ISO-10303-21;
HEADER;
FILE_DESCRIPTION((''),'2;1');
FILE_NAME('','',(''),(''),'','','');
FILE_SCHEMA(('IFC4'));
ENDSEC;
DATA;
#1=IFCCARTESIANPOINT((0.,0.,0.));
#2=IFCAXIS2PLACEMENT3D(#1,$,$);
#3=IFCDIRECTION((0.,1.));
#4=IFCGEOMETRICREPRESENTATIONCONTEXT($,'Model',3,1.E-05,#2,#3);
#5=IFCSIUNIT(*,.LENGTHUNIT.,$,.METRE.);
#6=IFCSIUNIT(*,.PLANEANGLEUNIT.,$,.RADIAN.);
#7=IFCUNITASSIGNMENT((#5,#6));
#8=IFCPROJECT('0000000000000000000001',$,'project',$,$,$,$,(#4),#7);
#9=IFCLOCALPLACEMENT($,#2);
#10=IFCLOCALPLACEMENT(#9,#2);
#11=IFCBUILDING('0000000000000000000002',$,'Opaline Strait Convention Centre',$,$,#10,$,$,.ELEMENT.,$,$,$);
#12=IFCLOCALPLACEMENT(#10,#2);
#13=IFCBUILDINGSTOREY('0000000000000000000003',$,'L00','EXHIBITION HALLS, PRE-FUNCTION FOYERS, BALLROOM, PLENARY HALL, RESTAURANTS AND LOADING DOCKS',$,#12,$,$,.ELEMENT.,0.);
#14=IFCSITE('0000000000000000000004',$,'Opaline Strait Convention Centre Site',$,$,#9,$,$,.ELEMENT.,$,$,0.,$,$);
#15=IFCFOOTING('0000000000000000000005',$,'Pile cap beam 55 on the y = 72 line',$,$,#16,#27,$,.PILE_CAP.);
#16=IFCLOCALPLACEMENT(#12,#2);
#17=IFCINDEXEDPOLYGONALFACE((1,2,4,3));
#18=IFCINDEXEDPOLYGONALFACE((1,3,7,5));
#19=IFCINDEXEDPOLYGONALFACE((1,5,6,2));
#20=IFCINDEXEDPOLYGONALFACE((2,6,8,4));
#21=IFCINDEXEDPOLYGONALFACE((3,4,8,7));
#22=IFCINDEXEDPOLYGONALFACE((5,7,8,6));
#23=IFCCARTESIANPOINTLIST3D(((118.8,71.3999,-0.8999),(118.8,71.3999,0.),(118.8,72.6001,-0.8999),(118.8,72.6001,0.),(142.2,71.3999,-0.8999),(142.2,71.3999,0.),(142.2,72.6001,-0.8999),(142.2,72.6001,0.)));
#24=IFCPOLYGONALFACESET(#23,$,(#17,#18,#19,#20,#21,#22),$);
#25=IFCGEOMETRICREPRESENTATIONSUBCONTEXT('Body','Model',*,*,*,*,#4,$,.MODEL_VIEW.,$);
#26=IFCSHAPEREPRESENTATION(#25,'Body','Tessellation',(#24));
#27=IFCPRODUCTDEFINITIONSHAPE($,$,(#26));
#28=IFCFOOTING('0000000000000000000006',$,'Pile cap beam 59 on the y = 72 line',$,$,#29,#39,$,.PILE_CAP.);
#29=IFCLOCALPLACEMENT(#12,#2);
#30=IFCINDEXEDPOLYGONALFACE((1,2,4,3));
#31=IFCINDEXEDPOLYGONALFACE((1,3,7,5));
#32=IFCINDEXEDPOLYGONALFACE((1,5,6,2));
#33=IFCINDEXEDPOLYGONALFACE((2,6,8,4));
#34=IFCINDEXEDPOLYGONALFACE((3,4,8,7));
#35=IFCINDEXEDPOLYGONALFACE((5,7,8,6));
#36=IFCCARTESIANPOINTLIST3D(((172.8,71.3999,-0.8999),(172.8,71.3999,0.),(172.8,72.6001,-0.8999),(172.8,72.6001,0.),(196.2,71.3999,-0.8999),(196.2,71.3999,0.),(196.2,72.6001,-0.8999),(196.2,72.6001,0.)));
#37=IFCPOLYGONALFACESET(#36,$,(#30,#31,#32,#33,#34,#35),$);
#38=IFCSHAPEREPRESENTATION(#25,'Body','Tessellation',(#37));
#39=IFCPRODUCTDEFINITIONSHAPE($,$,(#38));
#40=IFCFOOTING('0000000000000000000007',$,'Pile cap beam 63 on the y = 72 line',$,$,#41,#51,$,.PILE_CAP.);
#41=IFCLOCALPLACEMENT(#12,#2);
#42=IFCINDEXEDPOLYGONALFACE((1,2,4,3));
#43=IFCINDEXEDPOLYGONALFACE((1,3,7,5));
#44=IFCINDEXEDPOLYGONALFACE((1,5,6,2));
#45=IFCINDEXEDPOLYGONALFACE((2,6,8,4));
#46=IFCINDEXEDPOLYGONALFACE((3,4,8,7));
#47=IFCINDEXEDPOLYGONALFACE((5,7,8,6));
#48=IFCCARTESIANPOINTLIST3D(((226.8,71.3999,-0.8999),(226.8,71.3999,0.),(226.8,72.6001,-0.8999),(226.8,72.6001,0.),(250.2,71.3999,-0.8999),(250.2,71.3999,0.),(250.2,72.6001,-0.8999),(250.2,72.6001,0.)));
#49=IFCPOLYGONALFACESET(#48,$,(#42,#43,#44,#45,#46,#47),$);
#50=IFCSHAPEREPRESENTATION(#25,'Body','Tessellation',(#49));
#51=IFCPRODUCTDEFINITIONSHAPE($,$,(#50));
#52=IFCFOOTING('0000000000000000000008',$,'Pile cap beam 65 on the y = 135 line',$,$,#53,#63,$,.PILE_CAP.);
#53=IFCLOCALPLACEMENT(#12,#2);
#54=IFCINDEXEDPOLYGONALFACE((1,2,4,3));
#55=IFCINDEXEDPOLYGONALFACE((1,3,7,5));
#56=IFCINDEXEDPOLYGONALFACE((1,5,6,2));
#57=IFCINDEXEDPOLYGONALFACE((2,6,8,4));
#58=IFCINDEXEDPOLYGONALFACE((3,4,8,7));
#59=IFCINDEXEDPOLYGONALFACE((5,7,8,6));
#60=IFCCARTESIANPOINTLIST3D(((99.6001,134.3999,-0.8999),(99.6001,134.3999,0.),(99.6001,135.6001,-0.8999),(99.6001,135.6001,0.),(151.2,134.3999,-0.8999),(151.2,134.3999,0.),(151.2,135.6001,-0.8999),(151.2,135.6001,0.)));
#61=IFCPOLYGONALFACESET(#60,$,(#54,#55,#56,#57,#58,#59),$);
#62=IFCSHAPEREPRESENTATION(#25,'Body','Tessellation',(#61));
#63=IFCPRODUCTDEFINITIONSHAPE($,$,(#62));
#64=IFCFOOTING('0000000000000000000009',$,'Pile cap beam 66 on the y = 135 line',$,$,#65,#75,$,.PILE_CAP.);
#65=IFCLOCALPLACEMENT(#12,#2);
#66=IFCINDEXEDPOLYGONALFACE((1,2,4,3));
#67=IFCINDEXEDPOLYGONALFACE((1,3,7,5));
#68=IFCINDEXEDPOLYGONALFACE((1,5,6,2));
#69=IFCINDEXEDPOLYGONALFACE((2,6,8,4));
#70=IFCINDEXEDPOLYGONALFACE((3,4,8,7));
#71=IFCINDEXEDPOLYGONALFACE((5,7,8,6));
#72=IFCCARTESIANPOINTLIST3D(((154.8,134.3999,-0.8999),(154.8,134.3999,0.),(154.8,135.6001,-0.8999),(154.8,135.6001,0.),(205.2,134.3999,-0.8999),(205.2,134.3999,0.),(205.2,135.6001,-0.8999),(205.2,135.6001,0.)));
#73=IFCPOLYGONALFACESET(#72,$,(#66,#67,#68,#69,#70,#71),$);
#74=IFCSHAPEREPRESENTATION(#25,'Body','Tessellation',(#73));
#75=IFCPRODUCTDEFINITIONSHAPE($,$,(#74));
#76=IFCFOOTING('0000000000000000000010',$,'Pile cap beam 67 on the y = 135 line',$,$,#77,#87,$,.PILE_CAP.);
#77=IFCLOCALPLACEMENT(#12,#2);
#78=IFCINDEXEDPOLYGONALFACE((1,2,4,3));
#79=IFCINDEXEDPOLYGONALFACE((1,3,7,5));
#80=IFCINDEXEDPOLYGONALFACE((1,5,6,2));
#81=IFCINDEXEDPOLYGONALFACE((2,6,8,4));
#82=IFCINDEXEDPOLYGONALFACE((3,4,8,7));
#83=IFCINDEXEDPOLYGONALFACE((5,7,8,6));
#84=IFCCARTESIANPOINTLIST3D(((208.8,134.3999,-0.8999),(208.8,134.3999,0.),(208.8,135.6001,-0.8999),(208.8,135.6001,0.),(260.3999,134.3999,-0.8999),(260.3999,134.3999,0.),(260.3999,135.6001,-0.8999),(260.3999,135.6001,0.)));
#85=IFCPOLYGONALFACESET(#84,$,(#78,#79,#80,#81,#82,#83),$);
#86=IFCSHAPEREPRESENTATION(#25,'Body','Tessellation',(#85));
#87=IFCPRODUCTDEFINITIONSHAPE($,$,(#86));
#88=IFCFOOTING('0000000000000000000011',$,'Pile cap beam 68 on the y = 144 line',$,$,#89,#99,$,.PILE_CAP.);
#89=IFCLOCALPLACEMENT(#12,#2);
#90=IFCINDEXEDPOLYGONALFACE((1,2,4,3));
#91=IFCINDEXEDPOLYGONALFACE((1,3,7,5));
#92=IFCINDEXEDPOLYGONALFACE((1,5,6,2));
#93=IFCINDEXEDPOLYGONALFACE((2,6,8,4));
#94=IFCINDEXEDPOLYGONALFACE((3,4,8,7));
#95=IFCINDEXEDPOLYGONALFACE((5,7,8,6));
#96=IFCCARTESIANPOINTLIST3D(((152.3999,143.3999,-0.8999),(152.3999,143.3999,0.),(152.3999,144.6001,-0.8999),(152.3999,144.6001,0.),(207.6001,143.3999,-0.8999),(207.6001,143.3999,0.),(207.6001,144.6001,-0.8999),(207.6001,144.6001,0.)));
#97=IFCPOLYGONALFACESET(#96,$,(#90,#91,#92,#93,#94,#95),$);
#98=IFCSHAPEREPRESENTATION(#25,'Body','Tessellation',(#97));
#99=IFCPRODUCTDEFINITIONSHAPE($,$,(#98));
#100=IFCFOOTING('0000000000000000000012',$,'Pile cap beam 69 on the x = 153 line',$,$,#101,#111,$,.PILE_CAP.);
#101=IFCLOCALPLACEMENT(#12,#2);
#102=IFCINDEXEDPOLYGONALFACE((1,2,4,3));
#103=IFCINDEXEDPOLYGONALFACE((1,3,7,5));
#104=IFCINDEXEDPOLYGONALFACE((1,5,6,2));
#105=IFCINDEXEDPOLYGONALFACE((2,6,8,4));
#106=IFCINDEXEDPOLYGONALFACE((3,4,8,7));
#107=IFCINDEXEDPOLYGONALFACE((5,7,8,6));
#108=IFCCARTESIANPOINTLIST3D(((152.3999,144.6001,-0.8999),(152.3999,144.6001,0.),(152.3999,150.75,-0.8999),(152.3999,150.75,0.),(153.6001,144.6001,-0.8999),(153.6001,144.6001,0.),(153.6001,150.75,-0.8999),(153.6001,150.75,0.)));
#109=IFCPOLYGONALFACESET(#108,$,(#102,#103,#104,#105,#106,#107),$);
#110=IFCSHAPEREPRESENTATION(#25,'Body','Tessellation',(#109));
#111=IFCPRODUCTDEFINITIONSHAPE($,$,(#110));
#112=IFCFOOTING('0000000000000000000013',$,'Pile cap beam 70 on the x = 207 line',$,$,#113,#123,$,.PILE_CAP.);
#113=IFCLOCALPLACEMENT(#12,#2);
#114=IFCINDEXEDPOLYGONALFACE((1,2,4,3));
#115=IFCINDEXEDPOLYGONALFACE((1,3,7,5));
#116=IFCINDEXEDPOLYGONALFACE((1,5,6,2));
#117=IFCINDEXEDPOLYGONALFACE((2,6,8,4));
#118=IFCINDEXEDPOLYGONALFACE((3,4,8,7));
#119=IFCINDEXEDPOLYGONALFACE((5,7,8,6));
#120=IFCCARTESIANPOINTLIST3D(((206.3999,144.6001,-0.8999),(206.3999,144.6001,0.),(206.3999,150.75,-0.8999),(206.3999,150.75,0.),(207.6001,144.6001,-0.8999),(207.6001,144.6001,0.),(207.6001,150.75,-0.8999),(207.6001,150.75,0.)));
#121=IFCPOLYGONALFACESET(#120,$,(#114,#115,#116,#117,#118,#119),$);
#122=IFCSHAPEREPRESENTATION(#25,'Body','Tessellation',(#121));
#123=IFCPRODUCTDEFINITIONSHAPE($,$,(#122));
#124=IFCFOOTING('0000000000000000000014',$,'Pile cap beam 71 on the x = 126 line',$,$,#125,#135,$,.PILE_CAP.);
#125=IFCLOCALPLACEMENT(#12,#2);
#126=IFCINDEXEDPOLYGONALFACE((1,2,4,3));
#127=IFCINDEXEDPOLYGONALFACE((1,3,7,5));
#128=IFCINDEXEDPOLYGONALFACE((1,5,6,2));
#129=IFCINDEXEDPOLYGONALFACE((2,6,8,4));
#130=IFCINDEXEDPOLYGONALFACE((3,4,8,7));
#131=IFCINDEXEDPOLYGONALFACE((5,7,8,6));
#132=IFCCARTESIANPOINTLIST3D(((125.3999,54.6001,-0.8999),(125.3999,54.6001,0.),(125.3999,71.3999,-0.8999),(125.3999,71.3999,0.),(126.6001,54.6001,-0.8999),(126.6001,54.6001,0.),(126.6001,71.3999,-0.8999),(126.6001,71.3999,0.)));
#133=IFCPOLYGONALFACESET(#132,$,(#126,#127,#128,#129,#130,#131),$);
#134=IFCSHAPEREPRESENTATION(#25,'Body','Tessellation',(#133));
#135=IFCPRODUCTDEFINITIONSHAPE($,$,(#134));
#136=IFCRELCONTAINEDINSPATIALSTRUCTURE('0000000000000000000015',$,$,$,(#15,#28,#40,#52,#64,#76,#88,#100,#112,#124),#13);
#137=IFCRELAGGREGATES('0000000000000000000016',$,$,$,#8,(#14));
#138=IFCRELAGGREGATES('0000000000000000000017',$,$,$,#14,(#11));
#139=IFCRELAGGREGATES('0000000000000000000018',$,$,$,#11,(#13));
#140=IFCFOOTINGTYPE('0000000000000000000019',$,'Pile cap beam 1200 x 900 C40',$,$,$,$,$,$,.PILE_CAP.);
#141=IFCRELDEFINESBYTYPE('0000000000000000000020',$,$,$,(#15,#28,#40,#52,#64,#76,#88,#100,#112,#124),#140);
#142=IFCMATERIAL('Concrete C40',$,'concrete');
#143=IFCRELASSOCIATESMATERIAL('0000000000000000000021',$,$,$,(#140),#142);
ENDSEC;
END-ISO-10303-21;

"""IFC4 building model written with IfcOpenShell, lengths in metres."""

from ifc_helpers import new_model, si_unit, direction, frame, origin, place, context, subcontext, project, spatial, polyline, outline, extrude, material, type_object, element, save


model = new_model("IFC4")

# Units and contexts
model_context = context("Model", 3, precision=1e-05, world=origin(), true_north=direction((0.0, 1.0)))
body_context = subcontext(model_context, "Body", "Model", "MODEL_VIEW")
ifc_project = project(units=[si_unit("LENGTHUNIT", "METRE"), si_unit("PLANEANGLEUNIT", "RADIAN")], contexts=[model_context])

# Site, building, storey
site_placement = place(None, origin())
site = spatial("IfcSite", under=ifc_project, at=site_placement, Name="Opaline Strait Convention Centre Site", CompositionType="ELEMENT", RefElevation=0.0)
building_placement = place(site_placement, origin())
building = spatial("IfcBuilding", under=site, at=building_placement, Name="Opaline Strait Convention Centre", CompositionType="ELEMENT")
storey_placement = place(building_placement, origin())
storey = spatial("IfcBuildingStorey", under=building, at=storey_placement, Name="L00", Description="EXHIBITION HALLS, PRE-FUNCTION FOYERS, BALLROOM, PLENARY HALL, RESTAURANTS AND LOADING DOCKS", CompositionType="ELEMENT", Elevation=0.0)

# Footings
ifc_material_1 = material(Name="Concrete C40", Category="concrete")
footing_type_1 = type_object("IfcFootingType", Name="Pile cap beam 1200 x 900 C40", PredefinedType="PILE_CAP", material=ifc_material_1)
footing_1_placement = place(storey_placement, frame((0.0, 0.0, -0.8999)))
element("IfcFooting", 1, at=footing_1_placement, inside=storey, type_object=footing_type_1, Name="Pile cap beam 55 on the y = 72 line", PredefinedType="PILE_CAP", context=body_context, shape_type="SweptSolid", body=[
    extrude(outline(polyline([(118.8, 71.3999), (142.2, 71.3999), (142.2, 72.6001), (118.8, 72.6001), (118.8, 71.3999)])), origin(), (0.0, 0.0, 1.0), 0.8999),
])
footing_2_placement = place(storey_placement, frame((0.0, 0.0, -0.8999)))
element("IfcFooting", 2, at=footing_2_placement, inside=storey, type_object=footing_type_1, Name="Pile cap beam 59 on the y = 72 line", PredefinedType="PILE_CAP", context=body_context, shape_type="SweptSolid", body=[
    extrude(outline(polyline([(172.8, 71.3999), (196.2, 71.3999), (196.2, 72.6001), (172.8, 72.6001), (172.8, 71.3999)])), origin(), (0.0, 0.0, 1.0), 0.8999),
])
footing_3_placement = place(storey_placement, frame((0.0, 0.0, -0.8999)))
element("IfcFooting", 3, at=footing_3_placement, inside=storey, type_object=footing_type_1, Name="Pile cap beam 63 on the y = 72 line", PredefinedType="PILE_CAP", context=body_context, shape_type="SweptSolid", body=[
    extrude(outline(polyline([(226.8, 71.3999), (250.2, 71.3999), (250.2, 72.6001), (226.8, 72.6001), (226.8, 71.3999)])), origin(), (0.0, 0.0, 1.0), 0.8999),
])
footing_4_placement = place(storey_placement, frame((0.0, 0.0, -0.8999)))
element("IfcFooting", 4, at=footing_4_placement, inside=storey, type_object=footing_type_1, Name="Pile cap beam 65 on the y = 135 line", PredefinedType="PILE_CAP", context=body_context, shape_type="SweptSolid", body=[
    extrude(outline(polyline([(99.6001, 134.3999), (151.2, 134.3999), (151.2, 135.6001), (99.6001, 135.6001), (99.6001, 134.3999)])), origin(), (0.0, 0.0, 1.0), 0.8999),
])
footing_5_placement = place(storey_placement, frame((0.0, 0.0, -0.8999)))
element("IfcFooting", 5, at=footing_5_placement, inside=storey, type_object=footing_type_1, Name="Pile cap beam 66 on the y = 135 line", PredefinedType="PILE_CAP", context=body_context, shape_type="SweptSolid", body=[
    extrude(outline(polyline([(154.8, 134.3999), (205.2, 134.3999), (205.2, 135.6001), (154.8, 135.6001), (154.8, 134.3999)])), origin(), (0.0, 0.0, 1.0), 0.8999),
])
footing_6_placement = place(storey_placement, frame((0.0, 0.0, -0.8999)))
element("IfcFooting", 6, at=footing_6_placement, inside=storey, type_object=footing_type_1, Name="Pile cap beam 67 on the y = 135 line", PredefinedType="PILE_CAP", context=body_context, shape_type="SweptSolid", body=[
    extrude(outline(polyline([(208.8, 134.3999), (260.3999, 134.3999), (260.3999, 135.6001), (208.8, 135.6001), (208.8, 134.3999)])), origin(), (0.0, 0.0, 1.0), 0.8999),
])
footing_7_placement = place(storey_placement, frame((0.0, 0.0, -0.8999)))
element("IfcFooting", 7, at=footing_7_placement, inside=storey, type_object=footing_type_1, Name="Pile cap beam 68 on the y = 144 line", PredefinedType="PILE_CAP", context=body_context, shape_type="SweptSolid", body=[
    extrude(outline(polyline([(152.3999, 143.3999), (207.6001, 143.3999), (207.6001, 144.6001), (152.3999, 144.6001), (152.3999, 143.3999)])), origin(), (0.0, 0.0, 1.0), 0.8999),
])
footing_8_placement = place(storey_placement, frame((0.0, 0.0, -0.8999)))
element("IfcFooting", 8, at=footing_8_placement, inside=storey, type_object=footing_type_1, Name="Pile cap beam 69 on the x = 153 line", PredefinedType="PILE_CAP", context=body_context, shape_type="SweptSolid", body=[
    extrude(outline(polyline([(152.3999, 144.6001), (153.6001, 144.6001), (153.6001, 150.75), (152.3999, 150.75), (152.3999, 144.6001)])), origin(), (0.0, 0.0, 1.0), 0.8999),
])
footing_9_placement = place(storey_placement, frame((0.0, 0.0, -0.8999)))
element("IfcFooting", 9, at=footing_9_placement, inside=storey, type_object=footing_type_1, Name="Pile cap beam 70 on the x = 207 line", PredefinedType="PILE_CAP", context=body_context, shape_type="SweptSolid", body=[
    extrude(outline(polyline([(206.3999, 144.6001), (207.6001, 144.6001), (207.6001, 150.75), (206.3999, 150.75), (206.3999, 144.6001)])), origin(), (0.0, 0.0, 1.0), 0.8999),
])
footing_10_placement = place(storey_placement, frame((0.0, 0.0, -0.8999)))
element("IfcFooting", 10, at=footing_10_placement, inside=storey, type_object=footing_type_1, Name="Pile cap beam 71 on the x = 126 line", PredefinedType="PILE_CAP", context=body_context, shape_type="SweptSolid", body=[
    extrude(outline(polyline([(125.3999, 54.6001), (126.6001, 54.6001), (126.6001, 71.3999), (125.3999, 71.3999), (125.3999, 54.6001)])), origin(), (0.0, 0.0, 1.0), 0.8999),
])

save(model, "model.ifc")
